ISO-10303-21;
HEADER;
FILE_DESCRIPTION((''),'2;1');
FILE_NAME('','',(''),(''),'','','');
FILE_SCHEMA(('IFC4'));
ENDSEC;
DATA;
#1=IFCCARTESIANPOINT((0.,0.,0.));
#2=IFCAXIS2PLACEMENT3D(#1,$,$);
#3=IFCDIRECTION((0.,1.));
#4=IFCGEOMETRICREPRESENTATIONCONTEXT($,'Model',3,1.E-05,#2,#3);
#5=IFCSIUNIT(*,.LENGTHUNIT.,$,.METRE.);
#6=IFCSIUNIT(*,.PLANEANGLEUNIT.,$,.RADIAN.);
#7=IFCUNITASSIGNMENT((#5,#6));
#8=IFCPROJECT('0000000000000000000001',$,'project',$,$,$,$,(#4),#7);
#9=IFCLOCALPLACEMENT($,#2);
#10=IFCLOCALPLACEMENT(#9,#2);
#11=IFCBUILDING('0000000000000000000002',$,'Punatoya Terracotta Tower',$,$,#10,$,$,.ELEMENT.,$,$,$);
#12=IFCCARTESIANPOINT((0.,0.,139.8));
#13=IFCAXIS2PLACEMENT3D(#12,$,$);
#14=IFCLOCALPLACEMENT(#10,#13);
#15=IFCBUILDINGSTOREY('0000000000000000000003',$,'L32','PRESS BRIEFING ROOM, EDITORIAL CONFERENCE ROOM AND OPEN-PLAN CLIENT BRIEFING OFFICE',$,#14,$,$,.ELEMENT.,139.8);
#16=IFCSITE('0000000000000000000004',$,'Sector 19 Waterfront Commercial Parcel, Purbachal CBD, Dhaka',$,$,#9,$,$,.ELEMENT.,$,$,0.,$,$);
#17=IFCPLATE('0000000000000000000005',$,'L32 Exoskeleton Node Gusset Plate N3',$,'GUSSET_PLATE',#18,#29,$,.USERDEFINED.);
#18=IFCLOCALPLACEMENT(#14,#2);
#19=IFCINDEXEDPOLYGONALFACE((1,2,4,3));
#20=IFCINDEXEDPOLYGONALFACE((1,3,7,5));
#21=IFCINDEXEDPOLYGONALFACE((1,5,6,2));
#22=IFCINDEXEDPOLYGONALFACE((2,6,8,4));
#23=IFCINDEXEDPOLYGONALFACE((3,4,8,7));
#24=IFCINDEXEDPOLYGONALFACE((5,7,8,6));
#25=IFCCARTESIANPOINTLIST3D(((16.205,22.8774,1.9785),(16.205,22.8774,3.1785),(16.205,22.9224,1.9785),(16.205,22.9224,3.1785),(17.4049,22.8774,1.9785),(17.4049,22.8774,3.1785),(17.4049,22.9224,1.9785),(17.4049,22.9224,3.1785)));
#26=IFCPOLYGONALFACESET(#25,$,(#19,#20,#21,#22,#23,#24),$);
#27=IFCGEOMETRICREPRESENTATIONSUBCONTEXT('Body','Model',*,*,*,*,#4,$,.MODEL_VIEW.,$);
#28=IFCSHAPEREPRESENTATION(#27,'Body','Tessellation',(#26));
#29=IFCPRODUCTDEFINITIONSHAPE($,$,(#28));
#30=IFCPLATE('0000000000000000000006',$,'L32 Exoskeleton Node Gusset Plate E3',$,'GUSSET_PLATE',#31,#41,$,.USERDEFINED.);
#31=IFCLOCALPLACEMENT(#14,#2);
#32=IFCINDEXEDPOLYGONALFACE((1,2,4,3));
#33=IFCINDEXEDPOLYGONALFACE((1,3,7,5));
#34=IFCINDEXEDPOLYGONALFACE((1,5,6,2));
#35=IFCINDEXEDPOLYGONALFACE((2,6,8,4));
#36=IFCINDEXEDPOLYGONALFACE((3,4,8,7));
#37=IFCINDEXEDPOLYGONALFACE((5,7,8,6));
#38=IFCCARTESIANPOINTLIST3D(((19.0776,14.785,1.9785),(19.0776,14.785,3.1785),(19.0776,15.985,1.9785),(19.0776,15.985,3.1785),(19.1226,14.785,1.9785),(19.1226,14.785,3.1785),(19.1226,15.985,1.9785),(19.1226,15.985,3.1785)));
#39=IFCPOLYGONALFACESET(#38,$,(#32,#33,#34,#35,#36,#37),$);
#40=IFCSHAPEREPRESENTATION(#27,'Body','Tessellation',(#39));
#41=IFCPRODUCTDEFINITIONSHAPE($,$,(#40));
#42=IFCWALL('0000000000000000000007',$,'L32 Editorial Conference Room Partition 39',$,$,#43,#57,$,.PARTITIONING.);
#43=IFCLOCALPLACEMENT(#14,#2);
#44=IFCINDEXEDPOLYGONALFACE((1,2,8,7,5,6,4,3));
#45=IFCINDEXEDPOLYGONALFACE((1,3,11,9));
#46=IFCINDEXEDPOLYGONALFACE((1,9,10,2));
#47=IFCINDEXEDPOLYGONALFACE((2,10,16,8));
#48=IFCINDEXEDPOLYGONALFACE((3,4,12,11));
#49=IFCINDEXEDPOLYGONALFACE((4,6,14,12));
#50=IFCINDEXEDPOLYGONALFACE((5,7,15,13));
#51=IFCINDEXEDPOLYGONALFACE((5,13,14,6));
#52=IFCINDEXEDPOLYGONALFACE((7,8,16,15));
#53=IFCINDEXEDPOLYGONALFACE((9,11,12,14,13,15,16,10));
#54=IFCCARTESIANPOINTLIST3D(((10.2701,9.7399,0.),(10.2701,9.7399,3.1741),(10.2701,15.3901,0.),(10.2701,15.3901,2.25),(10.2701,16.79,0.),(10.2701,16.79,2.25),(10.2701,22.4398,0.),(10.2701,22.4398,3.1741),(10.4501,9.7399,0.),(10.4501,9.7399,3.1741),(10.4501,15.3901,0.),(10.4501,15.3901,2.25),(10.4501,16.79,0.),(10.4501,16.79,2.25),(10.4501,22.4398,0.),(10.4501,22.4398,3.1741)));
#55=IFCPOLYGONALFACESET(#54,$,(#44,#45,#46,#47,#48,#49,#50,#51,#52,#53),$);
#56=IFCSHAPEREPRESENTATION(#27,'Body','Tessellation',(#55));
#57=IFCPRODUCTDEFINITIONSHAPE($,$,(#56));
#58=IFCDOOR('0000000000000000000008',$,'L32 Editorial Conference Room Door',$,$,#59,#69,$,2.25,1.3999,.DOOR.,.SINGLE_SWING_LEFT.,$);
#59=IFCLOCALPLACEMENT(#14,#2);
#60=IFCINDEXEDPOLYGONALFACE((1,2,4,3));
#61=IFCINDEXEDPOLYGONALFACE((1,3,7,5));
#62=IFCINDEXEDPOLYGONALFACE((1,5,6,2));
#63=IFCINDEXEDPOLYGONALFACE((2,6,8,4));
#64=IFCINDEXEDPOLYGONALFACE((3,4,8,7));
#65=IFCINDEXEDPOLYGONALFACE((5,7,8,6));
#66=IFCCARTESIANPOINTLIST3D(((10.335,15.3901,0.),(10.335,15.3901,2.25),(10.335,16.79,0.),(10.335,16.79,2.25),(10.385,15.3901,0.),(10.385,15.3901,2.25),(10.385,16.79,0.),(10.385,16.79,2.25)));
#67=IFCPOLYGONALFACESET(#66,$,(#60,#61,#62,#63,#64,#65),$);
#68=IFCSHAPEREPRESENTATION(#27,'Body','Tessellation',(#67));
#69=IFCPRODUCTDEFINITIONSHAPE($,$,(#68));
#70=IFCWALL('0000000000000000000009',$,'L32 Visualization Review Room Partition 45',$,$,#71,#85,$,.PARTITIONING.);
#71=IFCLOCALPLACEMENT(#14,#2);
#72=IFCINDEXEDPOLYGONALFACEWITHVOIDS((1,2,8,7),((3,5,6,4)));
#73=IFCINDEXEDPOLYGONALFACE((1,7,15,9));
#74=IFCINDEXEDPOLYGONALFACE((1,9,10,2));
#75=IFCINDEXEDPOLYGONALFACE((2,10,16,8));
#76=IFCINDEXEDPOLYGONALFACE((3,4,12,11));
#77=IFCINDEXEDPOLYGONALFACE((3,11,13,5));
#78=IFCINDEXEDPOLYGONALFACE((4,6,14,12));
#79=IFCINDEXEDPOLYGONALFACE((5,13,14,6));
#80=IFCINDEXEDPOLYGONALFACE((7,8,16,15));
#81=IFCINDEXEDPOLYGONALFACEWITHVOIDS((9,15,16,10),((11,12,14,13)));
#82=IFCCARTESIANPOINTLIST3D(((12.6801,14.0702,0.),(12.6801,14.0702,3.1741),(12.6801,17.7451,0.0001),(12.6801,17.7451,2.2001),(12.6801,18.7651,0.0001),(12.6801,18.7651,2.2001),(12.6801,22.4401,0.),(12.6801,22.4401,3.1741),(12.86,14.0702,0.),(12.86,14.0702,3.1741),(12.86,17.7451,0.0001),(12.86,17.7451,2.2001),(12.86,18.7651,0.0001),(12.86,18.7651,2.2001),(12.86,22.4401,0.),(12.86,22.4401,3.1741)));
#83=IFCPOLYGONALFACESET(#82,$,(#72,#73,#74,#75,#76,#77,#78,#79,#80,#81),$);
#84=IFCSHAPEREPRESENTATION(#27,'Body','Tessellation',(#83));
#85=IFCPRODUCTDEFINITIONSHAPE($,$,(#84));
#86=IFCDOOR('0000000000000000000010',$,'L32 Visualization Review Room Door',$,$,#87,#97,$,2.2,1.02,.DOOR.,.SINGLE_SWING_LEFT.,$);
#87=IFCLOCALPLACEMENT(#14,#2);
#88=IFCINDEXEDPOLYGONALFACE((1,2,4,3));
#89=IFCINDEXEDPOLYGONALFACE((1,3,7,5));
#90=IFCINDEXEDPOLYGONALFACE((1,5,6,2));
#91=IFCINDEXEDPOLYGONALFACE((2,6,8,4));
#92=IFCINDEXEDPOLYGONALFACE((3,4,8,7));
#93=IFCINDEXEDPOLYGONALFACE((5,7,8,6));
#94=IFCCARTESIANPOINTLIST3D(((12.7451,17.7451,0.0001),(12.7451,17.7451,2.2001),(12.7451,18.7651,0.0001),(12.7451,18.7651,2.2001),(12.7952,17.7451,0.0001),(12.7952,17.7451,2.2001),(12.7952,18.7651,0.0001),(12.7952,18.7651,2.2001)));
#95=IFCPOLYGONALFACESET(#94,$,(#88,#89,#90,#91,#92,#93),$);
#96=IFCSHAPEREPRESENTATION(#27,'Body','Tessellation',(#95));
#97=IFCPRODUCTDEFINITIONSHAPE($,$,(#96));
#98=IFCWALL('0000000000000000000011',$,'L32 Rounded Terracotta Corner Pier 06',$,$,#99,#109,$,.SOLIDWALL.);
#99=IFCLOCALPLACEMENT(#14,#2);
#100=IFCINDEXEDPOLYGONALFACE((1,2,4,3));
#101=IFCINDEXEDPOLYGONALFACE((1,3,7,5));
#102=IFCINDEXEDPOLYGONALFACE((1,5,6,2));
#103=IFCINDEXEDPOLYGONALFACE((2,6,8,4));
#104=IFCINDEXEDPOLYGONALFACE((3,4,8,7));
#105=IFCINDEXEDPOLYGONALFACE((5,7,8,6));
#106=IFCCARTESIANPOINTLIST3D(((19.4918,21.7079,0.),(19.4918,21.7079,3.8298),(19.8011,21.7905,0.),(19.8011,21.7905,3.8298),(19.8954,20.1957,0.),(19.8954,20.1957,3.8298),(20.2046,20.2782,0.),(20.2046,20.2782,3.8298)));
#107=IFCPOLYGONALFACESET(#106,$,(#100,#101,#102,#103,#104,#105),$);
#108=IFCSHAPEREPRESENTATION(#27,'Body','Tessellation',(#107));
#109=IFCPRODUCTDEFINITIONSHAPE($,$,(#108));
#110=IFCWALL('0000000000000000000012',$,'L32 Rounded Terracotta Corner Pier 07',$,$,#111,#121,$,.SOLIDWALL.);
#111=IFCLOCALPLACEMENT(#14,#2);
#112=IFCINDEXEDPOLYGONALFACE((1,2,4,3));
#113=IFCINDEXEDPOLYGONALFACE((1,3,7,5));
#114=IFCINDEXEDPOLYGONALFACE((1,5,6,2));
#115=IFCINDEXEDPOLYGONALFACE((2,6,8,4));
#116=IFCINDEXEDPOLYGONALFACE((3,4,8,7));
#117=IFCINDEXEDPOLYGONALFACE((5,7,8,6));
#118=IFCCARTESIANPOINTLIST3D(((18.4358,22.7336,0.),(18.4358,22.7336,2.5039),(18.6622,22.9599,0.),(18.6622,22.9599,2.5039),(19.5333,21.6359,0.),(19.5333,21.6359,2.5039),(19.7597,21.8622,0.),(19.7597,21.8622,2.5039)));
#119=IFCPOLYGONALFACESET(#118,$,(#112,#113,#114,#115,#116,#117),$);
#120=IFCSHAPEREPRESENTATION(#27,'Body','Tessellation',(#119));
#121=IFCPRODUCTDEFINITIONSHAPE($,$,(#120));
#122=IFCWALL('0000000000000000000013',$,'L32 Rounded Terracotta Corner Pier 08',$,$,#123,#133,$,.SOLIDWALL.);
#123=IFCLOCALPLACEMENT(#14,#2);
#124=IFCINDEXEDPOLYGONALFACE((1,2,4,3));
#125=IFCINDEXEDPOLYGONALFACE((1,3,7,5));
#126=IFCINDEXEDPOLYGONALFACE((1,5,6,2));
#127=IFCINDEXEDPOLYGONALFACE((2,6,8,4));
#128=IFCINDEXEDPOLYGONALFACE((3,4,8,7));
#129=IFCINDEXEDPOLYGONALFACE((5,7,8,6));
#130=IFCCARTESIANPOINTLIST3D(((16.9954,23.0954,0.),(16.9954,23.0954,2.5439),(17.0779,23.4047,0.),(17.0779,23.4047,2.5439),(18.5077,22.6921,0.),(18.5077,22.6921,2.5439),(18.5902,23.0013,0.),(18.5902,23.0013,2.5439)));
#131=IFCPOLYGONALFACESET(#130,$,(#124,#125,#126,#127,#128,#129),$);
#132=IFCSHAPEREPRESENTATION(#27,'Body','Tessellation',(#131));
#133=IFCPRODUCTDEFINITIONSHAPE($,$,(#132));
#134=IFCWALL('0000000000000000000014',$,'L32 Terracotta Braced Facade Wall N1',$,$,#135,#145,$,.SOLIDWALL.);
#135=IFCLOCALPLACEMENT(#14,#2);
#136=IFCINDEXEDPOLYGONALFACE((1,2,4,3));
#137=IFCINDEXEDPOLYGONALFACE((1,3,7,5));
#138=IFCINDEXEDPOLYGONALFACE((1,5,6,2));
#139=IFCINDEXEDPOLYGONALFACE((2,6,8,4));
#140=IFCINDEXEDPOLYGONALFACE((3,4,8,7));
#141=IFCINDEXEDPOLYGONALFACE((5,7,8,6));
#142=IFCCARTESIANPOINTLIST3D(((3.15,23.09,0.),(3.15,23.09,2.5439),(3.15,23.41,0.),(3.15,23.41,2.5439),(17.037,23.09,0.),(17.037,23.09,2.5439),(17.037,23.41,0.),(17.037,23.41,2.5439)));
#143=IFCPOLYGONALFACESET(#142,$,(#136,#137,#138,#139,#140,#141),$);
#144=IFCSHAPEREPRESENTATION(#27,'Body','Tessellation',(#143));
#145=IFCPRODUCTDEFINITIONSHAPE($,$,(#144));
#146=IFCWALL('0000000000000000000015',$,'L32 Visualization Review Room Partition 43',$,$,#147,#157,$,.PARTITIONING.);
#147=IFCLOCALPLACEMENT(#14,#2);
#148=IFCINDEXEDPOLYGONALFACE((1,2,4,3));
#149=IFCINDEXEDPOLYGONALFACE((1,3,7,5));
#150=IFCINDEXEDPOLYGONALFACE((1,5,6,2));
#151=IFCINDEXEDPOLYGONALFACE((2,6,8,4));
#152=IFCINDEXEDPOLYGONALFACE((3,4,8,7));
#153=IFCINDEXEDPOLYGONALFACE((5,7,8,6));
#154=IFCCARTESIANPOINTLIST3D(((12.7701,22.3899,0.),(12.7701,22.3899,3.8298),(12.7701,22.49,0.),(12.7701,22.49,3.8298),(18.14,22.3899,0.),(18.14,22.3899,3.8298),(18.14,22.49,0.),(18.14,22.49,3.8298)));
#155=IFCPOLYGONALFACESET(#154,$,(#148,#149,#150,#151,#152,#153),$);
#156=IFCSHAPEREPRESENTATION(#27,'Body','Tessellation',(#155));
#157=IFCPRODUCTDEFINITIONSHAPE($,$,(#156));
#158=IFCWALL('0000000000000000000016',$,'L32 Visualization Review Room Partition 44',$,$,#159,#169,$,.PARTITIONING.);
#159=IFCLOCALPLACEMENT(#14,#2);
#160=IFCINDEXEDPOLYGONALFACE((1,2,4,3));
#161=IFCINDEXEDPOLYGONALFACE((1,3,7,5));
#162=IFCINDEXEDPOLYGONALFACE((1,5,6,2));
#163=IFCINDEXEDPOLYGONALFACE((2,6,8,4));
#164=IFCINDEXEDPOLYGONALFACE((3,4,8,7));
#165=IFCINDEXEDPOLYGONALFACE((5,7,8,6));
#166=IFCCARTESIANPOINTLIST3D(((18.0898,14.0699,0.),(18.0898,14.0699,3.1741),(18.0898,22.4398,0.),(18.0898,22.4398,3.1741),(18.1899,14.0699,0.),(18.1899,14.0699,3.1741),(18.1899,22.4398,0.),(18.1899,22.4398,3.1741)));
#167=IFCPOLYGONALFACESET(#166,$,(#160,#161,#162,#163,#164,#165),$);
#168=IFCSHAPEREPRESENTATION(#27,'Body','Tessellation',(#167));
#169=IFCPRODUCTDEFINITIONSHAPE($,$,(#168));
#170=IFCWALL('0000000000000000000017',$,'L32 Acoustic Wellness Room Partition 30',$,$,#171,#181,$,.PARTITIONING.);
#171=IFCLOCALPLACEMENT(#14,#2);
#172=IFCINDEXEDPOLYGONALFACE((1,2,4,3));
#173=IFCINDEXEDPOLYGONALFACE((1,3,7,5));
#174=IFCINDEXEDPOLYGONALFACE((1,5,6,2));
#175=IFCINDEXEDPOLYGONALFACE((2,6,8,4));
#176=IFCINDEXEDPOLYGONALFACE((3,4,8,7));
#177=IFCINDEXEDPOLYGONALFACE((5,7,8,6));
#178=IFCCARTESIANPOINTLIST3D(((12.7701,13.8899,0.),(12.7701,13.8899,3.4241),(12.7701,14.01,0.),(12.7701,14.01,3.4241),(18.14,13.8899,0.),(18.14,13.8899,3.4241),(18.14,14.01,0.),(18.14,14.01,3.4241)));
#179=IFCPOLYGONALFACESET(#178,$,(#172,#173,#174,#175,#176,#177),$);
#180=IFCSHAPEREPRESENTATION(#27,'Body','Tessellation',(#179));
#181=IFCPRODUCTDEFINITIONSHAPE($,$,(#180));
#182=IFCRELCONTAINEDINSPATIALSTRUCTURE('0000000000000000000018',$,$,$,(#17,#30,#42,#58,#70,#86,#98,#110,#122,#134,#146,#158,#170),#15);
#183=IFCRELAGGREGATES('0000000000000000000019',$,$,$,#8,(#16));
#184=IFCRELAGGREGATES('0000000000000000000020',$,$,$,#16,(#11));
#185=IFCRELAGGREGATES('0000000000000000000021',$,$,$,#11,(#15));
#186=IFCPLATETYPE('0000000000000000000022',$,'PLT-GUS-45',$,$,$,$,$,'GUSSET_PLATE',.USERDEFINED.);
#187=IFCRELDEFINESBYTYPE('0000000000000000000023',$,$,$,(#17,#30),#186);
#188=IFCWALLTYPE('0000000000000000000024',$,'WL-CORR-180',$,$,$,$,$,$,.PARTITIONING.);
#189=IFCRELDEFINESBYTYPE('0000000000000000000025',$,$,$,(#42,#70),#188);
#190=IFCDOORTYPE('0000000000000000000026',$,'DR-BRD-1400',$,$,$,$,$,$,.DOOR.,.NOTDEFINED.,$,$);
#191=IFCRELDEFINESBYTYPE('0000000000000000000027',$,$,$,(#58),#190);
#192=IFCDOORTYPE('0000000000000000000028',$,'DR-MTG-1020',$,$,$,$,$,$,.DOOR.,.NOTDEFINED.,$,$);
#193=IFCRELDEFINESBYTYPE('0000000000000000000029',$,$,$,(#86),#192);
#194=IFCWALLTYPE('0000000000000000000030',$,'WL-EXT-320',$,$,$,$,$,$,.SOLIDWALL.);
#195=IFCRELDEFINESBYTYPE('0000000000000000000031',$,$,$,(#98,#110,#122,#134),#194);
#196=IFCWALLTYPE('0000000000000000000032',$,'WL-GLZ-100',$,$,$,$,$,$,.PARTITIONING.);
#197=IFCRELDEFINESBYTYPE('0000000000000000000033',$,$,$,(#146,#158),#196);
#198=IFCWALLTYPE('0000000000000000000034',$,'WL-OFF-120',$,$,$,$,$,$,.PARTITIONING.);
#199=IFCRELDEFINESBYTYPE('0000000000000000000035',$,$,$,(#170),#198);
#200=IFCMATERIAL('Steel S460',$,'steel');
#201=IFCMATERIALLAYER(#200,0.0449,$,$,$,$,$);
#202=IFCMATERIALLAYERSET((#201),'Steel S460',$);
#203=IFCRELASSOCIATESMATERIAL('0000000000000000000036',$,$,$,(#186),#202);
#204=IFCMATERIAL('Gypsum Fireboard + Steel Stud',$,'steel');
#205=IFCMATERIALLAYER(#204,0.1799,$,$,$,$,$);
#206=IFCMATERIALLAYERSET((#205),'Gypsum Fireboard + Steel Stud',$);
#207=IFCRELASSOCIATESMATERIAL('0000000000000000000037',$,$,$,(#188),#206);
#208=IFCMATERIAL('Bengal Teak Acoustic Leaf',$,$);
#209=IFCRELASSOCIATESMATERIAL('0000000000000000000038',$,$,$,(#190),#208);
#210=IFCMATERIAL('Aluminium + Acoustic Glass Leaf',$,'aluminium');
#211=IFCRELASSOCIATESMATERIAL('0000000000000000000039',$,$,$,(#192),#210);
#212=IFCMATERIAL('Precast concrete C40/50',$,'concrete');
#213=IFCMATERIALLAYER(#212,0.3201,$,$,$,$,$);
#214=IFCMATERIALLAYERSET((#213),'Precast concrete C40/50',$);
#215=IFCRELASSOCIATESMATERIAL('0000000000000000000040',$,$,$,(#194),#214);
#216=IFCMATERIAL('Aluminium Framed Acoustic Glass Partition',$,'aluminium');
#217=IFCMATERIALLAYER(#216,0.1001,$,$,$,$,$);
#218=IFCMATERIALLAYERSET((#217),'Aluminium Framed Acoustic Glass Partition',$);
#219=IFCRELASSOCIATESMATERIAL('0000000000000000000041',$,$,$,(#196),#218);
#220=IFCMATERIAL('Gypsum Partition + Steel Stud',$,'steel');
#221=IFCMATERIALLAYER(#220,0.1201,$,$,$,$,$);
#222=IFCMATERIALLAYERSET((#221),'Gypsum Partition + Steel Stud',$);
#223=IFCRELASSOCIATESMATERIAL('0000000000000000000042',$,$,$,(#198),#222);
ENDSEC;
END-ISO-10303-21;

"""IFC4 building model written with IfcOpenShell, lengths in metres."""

from ifc_helpers import new_model, si_unit, direction, frame, frame_2d, origin, origin_2d, place, context, subcontext, project, spatial, rectangle, extrude, material, layer, layer_set, type_object, element, fill, save


model = new_model("IFC4")

# Units and contexts
model_context = context("Model", 3, precision=1e-05, world=origin(), true_north=direction((0.0, 1.0)))
body_context = subcontext(model_context, "Body", "Model", "MODEL_VIEW")
ifc_project = project(units=[si_unit("LENGTHUNIT", "METRE"), si_unit("PLANEANGLEUNIT", "RADIAN")], contexts=[model_context])

# Site, building, storey
site_placement = place(None, origin())
site = spatial("IfcSite", under=ifc_project, at=site_placement, Name="Sector 19 Waterfront Commercial Parcel, Purbachal CBD, Dhaka", CompositionType="ELEMENT", RefElevation=0.0)
building_placement = place(site_placement, origin())
building = spatial("IfcBuilding", under=site, at=building_placement, Name="Punatoya Terracotta Tower", CompositionType="ELEMENT")
storey_placement = place(building_placement, frame((0.0, 0.0, 139.8)))
storey = spatial("IfcBuildingStorey", under=building, at=storey_placement, Name="L32", Description="PRESS BRIEFING ROOM, EDITORIAL CONFERENCE ROOM AND OPEN-PLAN CLIENT BRIEFING OFFICE", CompositionType="ELEMENT", Elevation=139.8)

# Shared definitions
ifc_material_1 = material(Name="Steel S460", Category="steel")

# Plates
ifc_layer_1 = layer(ifc_material_1, 0.0449)
ifc_layer_set_1 = layer_set([ifc_layer_1], Name="Steel S460")
plate_type_1 = type_object("IfcPlateType", Name="PLT-GUS-45", ElementType="GUSSET_PLATE", PredefinedType="USERDEFINED", material=ifc_layer_set_1)
for number, where, z_axis, x_axis, name in (
    (1, (16.8049, 22.8999, 1.9785), (0.0, 0.0, 1.0), (1.0, 0.0, 0.0), "L32 Exoskeleton Node Gusset Plate N3"),
    (2, (19.1001, 15.385, 1.9785), (0.0, 0.0, 1.0), (0.0, 1.0, 0.0), "L32 Exoskeleton Node Gusset Plate E3"),
):
    element("IfcPlate", number, at=place(storey_placement, frame(where, z_axis=z_axis, x_axis=x_axis)), inside=storey, type_object=plate_type_1, Name=name, ObjectType="GUSSET_PLATE", PredefinedType="USERDEFINED", context=body_context, shape_type="SweptSolid", body=[
        extrude(rectangle(XDim=1.2, YDim=0.0449, at=origin_2d()), origin(), (0.0, 0.0, 1.0), 1.2),
    ])

# Walls, openings, doors
ifc_material_2 = material(Name="Gypsum Fireboard + Steel Stud", Category="steel")
ifc_layer_2 = layer(ifc_material_2, 0.1799)
ifc_layer_set_2 = layer_set([ifc_layer_2], Name="Gypsum Fireboard + Steel Stud")
wall_type_1 = type_object("IfcWallType", Name="WL-CORR-180", PredefinedType="PARTITIONING", material=ifc_layer_set_2)
wall_1_placement = place(storey_placement, frame((10.3601, 22.4399, 0.0), z_axis=(0.0, 0.0, 1.0), x_axis=(0.0, -1.0, 0.0)))
wall_1 = element("IfcWall", 3, at=wall_1_placement, inside=storey, type_object=wall_type_1, Name="L32 Editorial Conference Room Partition 39", PredefinedType="PARTITIONING", context=body_context, shape_type="SweptSolid", body=[
    extrude(rectangle(XDim=12.7, YDim=0.1799, at=frame_2d((6.3501, 0.0))), origin(), (0.0, 0.0, 1.0), 3.1741),
])
opening_1_placement = place(wall_1_placement, frame((5.6499, 0.0, 0.0)))
opening_1 = element("IfcOpeningElement", 4, at=opening_1_placement, cuts=wall_1, PredefinedType="OPENING", context=body_context, shape_type="SweptSolid", body=[
    extrude(rectangle(XDim=1.3999, YDim=2.25, at=frame_2d((0.7, 1.125))), frame((0.0, 0.0999, 0.0), z_axis=(0.0, -1.0, 0.0), x_axis=(1.0, 0.0, 0.0)), (0.0, 0.0, 1.0), 0.2),
])
ifc_material_3 = material(Name="Bengal Teak Acoustic Leaf")
door_type_1 = type_object("IfcDoorType", Name="DR-BRD-1400", OperationType="NOTDEFINED", PredefinedType="DOOR", material=ifc_material_3)
door_1_placement = place(opening_1_placement, origin())
door_1 = element("IfcDoor", 5, at=door_1_placement, inside=storey, type_object=door_type_1, Name="L32 Editorial Conference Room Door", OperationType="SINGLE_SWING_LEFT", OverallHeight=2.25, OverallWidth=1.3999, PredefinedType="DOOR", context=body_context, shape_type="SweptSolid", body=[
    extrude(rectangle(XDim=1.3999, YDim=2.25, at=frame_2d((0.7, 1.125))), frame((0.0, 0.0249, 0.0), z_axis=(0.0, -1.0, 0.0), x_axis=(1.0, 0.0, 0.0)), (0.0, 0.0, 1.0), 0.05),
])
fill(opening_1, door_1)
wall_2_placement = place(storey_placement, frame((12.77, 14.0701, 0.0), z_axis=(0.0, 0.0, 1.0), x_axis=(0.0, 1.0, 0.0)))
wall_2 = element("IfcWall", 6, at=wall_2_placement, inside=storey, type_object=wall_type_1, Name="L32 Visualization Review Room Partition 45", PredefinedType="PARTITIONING", context=body_context, shape_type="SweptSolid", body=[
    extrude(rectangle(XDim=8.3699, YDim=0.1799, at=frame_2d((4.1851, 0.0))), origin(), (0.0, 0.0, 1.0), 3.1741),
])
opening_2_placement = place(wall_2_placement, frame((3.675, 0.0, 0.0)))
opening_2 = element("IfcOpeningElement", 7, at=opening_2_placement, cuts=wall_2, PredefinedType="OPENING", context=body_context, shape_type="SweptSolid", body=[
    extrude(rectangle(XDim=1.02, YDim=2.2, at=frame_2d((0.51, 1.1001))), frame((0.0, 0.0999, 0.0), z_axis=(0.0, -1.0, 0.0), x_axis=(1.0, 0.0, 0.0)), (0.0, 0.0, 1.0), 0.2),
])
ifc_material_4 = material(Name="Aluminium + Acoustic Glass Leaf", Category="aluminium")
door_type_2 = type_object("IfcDoorType", Name="DR-MTG-1020", OperationType="NOTDEFINED", PredefinedType="DOOR", material=ifc_material_4)
door_2_placement = place(opening_2_placement, origin())
door_2 = element("IfcDoor", 8, at=door_2_placement, inside=storey, type_object=door_type_2, Name="L32 Visualization Review Room Door", OperationType="SINGLE_SWING_LEFT", OverallHeight=2.2, OverallWidth=1.02, PredefinedType="DOOR", context=body_context, shape_type="SweptSolid", body=[
    extrude(rectangle(XDim=1.02, YDim=2.2, at=frame_2d((0.51, 1.1001))), frame((0.0, 0.0249, 0.0), z_axis=(0.0, -1.0, 0.0), x_axis=(1.0, 0.0, 0.0)), (0.0, 0.0, 1.0), 0.05),
])
fill(opening_2, door_2)

# Walls
ifc_material_5 = material(Name="Precast concrete C40/50", Category="concrete")
ifc_layer_3 = layer(ifc_material_5, 0.3201)
ifc_layer_set_3 = layer_set([ifc_layer_3], Name="Precast concrete C40/50")
wall_type_2 = type_object("IfcWallType", Name="WL-EXT-320", PredefinedType="SOLIDWALL", material=ifc_layer_set_3)
wall_3_placement = place(storey_placement, frame((20.05, 20.2368, 0.0), z_axis=(0.0, 0.0, 1.0), x_axis=(-0.257847, 0.966186, 0.0)))
element("IfcWall", 9, at=wall_3_placement, inside=storey, type_object=wall_type_2, Name="L32 Rounded Terracotta Corner Pier 06", PredefinedType="SOLIDWALL", context=body_context, shape_type="SweptSolid", body=[
    extrude(rectangle(XDim=1.5652, YDim=0.3201, at=frame_2d((0.7827, 0.0))), origin(), (0.0, 0.0, 1.0), 3.8298),
])
wall_4_placement = place(storey_placement, frame((19.6465, 21.749, 0.0), z_axis=(0.0, 0.0, 1.0), x_axis=(-0.707028, 0.707185, 0.0)))
element("IfcWall", 10, at=wall_4_placement, inside=storey, type_object=wall_type_2, Name="L32 Rounded Terracotta Corner Pier 07", PredefinedType="SOLIDWALL", context=body_context, shape_type="SweptSolid", body=[
    extrude(rectangle(XDim=1.5522, YDim=0.3201, at=frame_2d((0.7761, 0.0))), origin(), (0.0, 0.0, 1.0), 2.5039),
])
wall_5_placement = place(storey_placement, frame((18.5491, 22.8467, 0.0), z_axis=(0.0, 0.0, 1.0), x_axis=(-0.966225, 0.257701, 0.0)))
element("IfcWall", 11, at=wall_5_placement, inside=storey, type_object=wall_type_2, Name="L32 Rounded Terracotta Corner Pier 08", PredefinedType="SOLIDWALL", context=body_context, shape_type="SweptSolid", body=[
    extrude(rectangle(XDim=1.5652, YDim=0.3201, at=frame_2d((0.7827, 0.0))), origin(), (0.0, 0.0, 1.0), 2.5439),
])
wall_6_placement = place(storey_placement, frame((17.0369, 23.25, 0.0), z_axis=(0.0, 0.0, 1.0), x_axis=(-1.0, 0.0, 0.0)))
element("IfcWall", 12, at=wall_6_placement, inside=storey, type_object=wall_type_2, Name="L32 Terracotta Braced Facade Wall N1", PredefinedType="SOLIDWALL", context=body_context, shape_type="SweptSolid", body=[
    extrude(rectangle(XDim=13.887, YDim=0.3201, at=frame_2d((6.9434, 0.0))), origin(), (0.0, 0.0, 1.0), 2.5439),
])
ifc_material_6 = material(Name="Aluminium Framed Acoustic Glass Partition", Category="aluminium")
ifc_layer_4 = layer(ifc_material_6, 0.1001)
ifc_layer_set_4 = layer_set([ifc_layer_4], Name="Aluminium Framed Acoustic Glass Partition")
wall_type_3 = type_object("IfcWallType", Name="WL-GLZ-100", PredefinedType="PARTITIONING", material=ifc_layer_set_4)
wall_7_placement = place(storey_placement, frame((12.77, 22.4399, 0.0), z_axis=(0.0, 0.0, 1.0), x_axis=(1.0, 0.0, 0.0)))
element("IfcWall", 13, at=wall_7_placement, inside=storey, type_object=wall_type_3, Name="L32 Visualization Review Room Partition 43", PredefinedType="PARTITIONING", context=body_context, shape_type="SweptSolid", body=[
    extrude(rectangle(XDim=5.3699, YDim=0.1001, at=frame_2d((2.6851, 0.0))), origin(), (0.0, 0.0, 1.0), 3.8298),
])
wall_8_placement = place(storey_placement, frame((18.1399, 22.4399, 0.0), z_axis=(0.0, 0.0, 1.0), x_axis=(0.0, -1.0, 0.0)))
element("IfcWall", 14, at=wall_8_placement, inside=storey, type_object=wall_type_3, Name="L32 Visualization Review Room Partition 44", PredefinedType="PARTITIONING", context=body_context, shape_type="SweptSolid", body=[
    extrude(rectangle(XDim=8.3699, YDim=0.1001, at=frame_2d((4.1851, 0.0))), origin(), (0.0, 0.0, 1.0), 3.1741),
])
ifc_material_7 = material(Name="Gypsum Partition + Steel Stud", Category="steel")
ifc_layer_5 = layer(ifc_material_7, 0.1201)
ifc_layer_set_5 = layer_set([ifc_layer_5], Name="Gypsum Partition + Steel Stud")
wall_type_4 = type_object("IfcWallType", Name="WL-OFF-120", PredefinedType="PARTITIONING", material=ifc_layer_set_5)
wall_9_placement = place(storey_placement, frame((12.77, 13.95, 0.0), z_axis=(0.0, 0.0, 1.0), x_axis=(1.0, 0.0, 0.0)))
element("IfcWall", 15, at=wall_9_placement, inside=storey, type_object=wall_type_4, Name="L32 Acoustic Wellness Room Partition 30", PredefinedType="PARTITIONING", context=body_context, shape_type="SweptSolid", body=[
    extrude(rectangle(XDim=5.3699, YDim=0.1201, at=frame_2d((2.6851, 0.0))), origin(), (0.0, 0.0, 1.0), 3.4241),
])

save(model, "model.ifc")
